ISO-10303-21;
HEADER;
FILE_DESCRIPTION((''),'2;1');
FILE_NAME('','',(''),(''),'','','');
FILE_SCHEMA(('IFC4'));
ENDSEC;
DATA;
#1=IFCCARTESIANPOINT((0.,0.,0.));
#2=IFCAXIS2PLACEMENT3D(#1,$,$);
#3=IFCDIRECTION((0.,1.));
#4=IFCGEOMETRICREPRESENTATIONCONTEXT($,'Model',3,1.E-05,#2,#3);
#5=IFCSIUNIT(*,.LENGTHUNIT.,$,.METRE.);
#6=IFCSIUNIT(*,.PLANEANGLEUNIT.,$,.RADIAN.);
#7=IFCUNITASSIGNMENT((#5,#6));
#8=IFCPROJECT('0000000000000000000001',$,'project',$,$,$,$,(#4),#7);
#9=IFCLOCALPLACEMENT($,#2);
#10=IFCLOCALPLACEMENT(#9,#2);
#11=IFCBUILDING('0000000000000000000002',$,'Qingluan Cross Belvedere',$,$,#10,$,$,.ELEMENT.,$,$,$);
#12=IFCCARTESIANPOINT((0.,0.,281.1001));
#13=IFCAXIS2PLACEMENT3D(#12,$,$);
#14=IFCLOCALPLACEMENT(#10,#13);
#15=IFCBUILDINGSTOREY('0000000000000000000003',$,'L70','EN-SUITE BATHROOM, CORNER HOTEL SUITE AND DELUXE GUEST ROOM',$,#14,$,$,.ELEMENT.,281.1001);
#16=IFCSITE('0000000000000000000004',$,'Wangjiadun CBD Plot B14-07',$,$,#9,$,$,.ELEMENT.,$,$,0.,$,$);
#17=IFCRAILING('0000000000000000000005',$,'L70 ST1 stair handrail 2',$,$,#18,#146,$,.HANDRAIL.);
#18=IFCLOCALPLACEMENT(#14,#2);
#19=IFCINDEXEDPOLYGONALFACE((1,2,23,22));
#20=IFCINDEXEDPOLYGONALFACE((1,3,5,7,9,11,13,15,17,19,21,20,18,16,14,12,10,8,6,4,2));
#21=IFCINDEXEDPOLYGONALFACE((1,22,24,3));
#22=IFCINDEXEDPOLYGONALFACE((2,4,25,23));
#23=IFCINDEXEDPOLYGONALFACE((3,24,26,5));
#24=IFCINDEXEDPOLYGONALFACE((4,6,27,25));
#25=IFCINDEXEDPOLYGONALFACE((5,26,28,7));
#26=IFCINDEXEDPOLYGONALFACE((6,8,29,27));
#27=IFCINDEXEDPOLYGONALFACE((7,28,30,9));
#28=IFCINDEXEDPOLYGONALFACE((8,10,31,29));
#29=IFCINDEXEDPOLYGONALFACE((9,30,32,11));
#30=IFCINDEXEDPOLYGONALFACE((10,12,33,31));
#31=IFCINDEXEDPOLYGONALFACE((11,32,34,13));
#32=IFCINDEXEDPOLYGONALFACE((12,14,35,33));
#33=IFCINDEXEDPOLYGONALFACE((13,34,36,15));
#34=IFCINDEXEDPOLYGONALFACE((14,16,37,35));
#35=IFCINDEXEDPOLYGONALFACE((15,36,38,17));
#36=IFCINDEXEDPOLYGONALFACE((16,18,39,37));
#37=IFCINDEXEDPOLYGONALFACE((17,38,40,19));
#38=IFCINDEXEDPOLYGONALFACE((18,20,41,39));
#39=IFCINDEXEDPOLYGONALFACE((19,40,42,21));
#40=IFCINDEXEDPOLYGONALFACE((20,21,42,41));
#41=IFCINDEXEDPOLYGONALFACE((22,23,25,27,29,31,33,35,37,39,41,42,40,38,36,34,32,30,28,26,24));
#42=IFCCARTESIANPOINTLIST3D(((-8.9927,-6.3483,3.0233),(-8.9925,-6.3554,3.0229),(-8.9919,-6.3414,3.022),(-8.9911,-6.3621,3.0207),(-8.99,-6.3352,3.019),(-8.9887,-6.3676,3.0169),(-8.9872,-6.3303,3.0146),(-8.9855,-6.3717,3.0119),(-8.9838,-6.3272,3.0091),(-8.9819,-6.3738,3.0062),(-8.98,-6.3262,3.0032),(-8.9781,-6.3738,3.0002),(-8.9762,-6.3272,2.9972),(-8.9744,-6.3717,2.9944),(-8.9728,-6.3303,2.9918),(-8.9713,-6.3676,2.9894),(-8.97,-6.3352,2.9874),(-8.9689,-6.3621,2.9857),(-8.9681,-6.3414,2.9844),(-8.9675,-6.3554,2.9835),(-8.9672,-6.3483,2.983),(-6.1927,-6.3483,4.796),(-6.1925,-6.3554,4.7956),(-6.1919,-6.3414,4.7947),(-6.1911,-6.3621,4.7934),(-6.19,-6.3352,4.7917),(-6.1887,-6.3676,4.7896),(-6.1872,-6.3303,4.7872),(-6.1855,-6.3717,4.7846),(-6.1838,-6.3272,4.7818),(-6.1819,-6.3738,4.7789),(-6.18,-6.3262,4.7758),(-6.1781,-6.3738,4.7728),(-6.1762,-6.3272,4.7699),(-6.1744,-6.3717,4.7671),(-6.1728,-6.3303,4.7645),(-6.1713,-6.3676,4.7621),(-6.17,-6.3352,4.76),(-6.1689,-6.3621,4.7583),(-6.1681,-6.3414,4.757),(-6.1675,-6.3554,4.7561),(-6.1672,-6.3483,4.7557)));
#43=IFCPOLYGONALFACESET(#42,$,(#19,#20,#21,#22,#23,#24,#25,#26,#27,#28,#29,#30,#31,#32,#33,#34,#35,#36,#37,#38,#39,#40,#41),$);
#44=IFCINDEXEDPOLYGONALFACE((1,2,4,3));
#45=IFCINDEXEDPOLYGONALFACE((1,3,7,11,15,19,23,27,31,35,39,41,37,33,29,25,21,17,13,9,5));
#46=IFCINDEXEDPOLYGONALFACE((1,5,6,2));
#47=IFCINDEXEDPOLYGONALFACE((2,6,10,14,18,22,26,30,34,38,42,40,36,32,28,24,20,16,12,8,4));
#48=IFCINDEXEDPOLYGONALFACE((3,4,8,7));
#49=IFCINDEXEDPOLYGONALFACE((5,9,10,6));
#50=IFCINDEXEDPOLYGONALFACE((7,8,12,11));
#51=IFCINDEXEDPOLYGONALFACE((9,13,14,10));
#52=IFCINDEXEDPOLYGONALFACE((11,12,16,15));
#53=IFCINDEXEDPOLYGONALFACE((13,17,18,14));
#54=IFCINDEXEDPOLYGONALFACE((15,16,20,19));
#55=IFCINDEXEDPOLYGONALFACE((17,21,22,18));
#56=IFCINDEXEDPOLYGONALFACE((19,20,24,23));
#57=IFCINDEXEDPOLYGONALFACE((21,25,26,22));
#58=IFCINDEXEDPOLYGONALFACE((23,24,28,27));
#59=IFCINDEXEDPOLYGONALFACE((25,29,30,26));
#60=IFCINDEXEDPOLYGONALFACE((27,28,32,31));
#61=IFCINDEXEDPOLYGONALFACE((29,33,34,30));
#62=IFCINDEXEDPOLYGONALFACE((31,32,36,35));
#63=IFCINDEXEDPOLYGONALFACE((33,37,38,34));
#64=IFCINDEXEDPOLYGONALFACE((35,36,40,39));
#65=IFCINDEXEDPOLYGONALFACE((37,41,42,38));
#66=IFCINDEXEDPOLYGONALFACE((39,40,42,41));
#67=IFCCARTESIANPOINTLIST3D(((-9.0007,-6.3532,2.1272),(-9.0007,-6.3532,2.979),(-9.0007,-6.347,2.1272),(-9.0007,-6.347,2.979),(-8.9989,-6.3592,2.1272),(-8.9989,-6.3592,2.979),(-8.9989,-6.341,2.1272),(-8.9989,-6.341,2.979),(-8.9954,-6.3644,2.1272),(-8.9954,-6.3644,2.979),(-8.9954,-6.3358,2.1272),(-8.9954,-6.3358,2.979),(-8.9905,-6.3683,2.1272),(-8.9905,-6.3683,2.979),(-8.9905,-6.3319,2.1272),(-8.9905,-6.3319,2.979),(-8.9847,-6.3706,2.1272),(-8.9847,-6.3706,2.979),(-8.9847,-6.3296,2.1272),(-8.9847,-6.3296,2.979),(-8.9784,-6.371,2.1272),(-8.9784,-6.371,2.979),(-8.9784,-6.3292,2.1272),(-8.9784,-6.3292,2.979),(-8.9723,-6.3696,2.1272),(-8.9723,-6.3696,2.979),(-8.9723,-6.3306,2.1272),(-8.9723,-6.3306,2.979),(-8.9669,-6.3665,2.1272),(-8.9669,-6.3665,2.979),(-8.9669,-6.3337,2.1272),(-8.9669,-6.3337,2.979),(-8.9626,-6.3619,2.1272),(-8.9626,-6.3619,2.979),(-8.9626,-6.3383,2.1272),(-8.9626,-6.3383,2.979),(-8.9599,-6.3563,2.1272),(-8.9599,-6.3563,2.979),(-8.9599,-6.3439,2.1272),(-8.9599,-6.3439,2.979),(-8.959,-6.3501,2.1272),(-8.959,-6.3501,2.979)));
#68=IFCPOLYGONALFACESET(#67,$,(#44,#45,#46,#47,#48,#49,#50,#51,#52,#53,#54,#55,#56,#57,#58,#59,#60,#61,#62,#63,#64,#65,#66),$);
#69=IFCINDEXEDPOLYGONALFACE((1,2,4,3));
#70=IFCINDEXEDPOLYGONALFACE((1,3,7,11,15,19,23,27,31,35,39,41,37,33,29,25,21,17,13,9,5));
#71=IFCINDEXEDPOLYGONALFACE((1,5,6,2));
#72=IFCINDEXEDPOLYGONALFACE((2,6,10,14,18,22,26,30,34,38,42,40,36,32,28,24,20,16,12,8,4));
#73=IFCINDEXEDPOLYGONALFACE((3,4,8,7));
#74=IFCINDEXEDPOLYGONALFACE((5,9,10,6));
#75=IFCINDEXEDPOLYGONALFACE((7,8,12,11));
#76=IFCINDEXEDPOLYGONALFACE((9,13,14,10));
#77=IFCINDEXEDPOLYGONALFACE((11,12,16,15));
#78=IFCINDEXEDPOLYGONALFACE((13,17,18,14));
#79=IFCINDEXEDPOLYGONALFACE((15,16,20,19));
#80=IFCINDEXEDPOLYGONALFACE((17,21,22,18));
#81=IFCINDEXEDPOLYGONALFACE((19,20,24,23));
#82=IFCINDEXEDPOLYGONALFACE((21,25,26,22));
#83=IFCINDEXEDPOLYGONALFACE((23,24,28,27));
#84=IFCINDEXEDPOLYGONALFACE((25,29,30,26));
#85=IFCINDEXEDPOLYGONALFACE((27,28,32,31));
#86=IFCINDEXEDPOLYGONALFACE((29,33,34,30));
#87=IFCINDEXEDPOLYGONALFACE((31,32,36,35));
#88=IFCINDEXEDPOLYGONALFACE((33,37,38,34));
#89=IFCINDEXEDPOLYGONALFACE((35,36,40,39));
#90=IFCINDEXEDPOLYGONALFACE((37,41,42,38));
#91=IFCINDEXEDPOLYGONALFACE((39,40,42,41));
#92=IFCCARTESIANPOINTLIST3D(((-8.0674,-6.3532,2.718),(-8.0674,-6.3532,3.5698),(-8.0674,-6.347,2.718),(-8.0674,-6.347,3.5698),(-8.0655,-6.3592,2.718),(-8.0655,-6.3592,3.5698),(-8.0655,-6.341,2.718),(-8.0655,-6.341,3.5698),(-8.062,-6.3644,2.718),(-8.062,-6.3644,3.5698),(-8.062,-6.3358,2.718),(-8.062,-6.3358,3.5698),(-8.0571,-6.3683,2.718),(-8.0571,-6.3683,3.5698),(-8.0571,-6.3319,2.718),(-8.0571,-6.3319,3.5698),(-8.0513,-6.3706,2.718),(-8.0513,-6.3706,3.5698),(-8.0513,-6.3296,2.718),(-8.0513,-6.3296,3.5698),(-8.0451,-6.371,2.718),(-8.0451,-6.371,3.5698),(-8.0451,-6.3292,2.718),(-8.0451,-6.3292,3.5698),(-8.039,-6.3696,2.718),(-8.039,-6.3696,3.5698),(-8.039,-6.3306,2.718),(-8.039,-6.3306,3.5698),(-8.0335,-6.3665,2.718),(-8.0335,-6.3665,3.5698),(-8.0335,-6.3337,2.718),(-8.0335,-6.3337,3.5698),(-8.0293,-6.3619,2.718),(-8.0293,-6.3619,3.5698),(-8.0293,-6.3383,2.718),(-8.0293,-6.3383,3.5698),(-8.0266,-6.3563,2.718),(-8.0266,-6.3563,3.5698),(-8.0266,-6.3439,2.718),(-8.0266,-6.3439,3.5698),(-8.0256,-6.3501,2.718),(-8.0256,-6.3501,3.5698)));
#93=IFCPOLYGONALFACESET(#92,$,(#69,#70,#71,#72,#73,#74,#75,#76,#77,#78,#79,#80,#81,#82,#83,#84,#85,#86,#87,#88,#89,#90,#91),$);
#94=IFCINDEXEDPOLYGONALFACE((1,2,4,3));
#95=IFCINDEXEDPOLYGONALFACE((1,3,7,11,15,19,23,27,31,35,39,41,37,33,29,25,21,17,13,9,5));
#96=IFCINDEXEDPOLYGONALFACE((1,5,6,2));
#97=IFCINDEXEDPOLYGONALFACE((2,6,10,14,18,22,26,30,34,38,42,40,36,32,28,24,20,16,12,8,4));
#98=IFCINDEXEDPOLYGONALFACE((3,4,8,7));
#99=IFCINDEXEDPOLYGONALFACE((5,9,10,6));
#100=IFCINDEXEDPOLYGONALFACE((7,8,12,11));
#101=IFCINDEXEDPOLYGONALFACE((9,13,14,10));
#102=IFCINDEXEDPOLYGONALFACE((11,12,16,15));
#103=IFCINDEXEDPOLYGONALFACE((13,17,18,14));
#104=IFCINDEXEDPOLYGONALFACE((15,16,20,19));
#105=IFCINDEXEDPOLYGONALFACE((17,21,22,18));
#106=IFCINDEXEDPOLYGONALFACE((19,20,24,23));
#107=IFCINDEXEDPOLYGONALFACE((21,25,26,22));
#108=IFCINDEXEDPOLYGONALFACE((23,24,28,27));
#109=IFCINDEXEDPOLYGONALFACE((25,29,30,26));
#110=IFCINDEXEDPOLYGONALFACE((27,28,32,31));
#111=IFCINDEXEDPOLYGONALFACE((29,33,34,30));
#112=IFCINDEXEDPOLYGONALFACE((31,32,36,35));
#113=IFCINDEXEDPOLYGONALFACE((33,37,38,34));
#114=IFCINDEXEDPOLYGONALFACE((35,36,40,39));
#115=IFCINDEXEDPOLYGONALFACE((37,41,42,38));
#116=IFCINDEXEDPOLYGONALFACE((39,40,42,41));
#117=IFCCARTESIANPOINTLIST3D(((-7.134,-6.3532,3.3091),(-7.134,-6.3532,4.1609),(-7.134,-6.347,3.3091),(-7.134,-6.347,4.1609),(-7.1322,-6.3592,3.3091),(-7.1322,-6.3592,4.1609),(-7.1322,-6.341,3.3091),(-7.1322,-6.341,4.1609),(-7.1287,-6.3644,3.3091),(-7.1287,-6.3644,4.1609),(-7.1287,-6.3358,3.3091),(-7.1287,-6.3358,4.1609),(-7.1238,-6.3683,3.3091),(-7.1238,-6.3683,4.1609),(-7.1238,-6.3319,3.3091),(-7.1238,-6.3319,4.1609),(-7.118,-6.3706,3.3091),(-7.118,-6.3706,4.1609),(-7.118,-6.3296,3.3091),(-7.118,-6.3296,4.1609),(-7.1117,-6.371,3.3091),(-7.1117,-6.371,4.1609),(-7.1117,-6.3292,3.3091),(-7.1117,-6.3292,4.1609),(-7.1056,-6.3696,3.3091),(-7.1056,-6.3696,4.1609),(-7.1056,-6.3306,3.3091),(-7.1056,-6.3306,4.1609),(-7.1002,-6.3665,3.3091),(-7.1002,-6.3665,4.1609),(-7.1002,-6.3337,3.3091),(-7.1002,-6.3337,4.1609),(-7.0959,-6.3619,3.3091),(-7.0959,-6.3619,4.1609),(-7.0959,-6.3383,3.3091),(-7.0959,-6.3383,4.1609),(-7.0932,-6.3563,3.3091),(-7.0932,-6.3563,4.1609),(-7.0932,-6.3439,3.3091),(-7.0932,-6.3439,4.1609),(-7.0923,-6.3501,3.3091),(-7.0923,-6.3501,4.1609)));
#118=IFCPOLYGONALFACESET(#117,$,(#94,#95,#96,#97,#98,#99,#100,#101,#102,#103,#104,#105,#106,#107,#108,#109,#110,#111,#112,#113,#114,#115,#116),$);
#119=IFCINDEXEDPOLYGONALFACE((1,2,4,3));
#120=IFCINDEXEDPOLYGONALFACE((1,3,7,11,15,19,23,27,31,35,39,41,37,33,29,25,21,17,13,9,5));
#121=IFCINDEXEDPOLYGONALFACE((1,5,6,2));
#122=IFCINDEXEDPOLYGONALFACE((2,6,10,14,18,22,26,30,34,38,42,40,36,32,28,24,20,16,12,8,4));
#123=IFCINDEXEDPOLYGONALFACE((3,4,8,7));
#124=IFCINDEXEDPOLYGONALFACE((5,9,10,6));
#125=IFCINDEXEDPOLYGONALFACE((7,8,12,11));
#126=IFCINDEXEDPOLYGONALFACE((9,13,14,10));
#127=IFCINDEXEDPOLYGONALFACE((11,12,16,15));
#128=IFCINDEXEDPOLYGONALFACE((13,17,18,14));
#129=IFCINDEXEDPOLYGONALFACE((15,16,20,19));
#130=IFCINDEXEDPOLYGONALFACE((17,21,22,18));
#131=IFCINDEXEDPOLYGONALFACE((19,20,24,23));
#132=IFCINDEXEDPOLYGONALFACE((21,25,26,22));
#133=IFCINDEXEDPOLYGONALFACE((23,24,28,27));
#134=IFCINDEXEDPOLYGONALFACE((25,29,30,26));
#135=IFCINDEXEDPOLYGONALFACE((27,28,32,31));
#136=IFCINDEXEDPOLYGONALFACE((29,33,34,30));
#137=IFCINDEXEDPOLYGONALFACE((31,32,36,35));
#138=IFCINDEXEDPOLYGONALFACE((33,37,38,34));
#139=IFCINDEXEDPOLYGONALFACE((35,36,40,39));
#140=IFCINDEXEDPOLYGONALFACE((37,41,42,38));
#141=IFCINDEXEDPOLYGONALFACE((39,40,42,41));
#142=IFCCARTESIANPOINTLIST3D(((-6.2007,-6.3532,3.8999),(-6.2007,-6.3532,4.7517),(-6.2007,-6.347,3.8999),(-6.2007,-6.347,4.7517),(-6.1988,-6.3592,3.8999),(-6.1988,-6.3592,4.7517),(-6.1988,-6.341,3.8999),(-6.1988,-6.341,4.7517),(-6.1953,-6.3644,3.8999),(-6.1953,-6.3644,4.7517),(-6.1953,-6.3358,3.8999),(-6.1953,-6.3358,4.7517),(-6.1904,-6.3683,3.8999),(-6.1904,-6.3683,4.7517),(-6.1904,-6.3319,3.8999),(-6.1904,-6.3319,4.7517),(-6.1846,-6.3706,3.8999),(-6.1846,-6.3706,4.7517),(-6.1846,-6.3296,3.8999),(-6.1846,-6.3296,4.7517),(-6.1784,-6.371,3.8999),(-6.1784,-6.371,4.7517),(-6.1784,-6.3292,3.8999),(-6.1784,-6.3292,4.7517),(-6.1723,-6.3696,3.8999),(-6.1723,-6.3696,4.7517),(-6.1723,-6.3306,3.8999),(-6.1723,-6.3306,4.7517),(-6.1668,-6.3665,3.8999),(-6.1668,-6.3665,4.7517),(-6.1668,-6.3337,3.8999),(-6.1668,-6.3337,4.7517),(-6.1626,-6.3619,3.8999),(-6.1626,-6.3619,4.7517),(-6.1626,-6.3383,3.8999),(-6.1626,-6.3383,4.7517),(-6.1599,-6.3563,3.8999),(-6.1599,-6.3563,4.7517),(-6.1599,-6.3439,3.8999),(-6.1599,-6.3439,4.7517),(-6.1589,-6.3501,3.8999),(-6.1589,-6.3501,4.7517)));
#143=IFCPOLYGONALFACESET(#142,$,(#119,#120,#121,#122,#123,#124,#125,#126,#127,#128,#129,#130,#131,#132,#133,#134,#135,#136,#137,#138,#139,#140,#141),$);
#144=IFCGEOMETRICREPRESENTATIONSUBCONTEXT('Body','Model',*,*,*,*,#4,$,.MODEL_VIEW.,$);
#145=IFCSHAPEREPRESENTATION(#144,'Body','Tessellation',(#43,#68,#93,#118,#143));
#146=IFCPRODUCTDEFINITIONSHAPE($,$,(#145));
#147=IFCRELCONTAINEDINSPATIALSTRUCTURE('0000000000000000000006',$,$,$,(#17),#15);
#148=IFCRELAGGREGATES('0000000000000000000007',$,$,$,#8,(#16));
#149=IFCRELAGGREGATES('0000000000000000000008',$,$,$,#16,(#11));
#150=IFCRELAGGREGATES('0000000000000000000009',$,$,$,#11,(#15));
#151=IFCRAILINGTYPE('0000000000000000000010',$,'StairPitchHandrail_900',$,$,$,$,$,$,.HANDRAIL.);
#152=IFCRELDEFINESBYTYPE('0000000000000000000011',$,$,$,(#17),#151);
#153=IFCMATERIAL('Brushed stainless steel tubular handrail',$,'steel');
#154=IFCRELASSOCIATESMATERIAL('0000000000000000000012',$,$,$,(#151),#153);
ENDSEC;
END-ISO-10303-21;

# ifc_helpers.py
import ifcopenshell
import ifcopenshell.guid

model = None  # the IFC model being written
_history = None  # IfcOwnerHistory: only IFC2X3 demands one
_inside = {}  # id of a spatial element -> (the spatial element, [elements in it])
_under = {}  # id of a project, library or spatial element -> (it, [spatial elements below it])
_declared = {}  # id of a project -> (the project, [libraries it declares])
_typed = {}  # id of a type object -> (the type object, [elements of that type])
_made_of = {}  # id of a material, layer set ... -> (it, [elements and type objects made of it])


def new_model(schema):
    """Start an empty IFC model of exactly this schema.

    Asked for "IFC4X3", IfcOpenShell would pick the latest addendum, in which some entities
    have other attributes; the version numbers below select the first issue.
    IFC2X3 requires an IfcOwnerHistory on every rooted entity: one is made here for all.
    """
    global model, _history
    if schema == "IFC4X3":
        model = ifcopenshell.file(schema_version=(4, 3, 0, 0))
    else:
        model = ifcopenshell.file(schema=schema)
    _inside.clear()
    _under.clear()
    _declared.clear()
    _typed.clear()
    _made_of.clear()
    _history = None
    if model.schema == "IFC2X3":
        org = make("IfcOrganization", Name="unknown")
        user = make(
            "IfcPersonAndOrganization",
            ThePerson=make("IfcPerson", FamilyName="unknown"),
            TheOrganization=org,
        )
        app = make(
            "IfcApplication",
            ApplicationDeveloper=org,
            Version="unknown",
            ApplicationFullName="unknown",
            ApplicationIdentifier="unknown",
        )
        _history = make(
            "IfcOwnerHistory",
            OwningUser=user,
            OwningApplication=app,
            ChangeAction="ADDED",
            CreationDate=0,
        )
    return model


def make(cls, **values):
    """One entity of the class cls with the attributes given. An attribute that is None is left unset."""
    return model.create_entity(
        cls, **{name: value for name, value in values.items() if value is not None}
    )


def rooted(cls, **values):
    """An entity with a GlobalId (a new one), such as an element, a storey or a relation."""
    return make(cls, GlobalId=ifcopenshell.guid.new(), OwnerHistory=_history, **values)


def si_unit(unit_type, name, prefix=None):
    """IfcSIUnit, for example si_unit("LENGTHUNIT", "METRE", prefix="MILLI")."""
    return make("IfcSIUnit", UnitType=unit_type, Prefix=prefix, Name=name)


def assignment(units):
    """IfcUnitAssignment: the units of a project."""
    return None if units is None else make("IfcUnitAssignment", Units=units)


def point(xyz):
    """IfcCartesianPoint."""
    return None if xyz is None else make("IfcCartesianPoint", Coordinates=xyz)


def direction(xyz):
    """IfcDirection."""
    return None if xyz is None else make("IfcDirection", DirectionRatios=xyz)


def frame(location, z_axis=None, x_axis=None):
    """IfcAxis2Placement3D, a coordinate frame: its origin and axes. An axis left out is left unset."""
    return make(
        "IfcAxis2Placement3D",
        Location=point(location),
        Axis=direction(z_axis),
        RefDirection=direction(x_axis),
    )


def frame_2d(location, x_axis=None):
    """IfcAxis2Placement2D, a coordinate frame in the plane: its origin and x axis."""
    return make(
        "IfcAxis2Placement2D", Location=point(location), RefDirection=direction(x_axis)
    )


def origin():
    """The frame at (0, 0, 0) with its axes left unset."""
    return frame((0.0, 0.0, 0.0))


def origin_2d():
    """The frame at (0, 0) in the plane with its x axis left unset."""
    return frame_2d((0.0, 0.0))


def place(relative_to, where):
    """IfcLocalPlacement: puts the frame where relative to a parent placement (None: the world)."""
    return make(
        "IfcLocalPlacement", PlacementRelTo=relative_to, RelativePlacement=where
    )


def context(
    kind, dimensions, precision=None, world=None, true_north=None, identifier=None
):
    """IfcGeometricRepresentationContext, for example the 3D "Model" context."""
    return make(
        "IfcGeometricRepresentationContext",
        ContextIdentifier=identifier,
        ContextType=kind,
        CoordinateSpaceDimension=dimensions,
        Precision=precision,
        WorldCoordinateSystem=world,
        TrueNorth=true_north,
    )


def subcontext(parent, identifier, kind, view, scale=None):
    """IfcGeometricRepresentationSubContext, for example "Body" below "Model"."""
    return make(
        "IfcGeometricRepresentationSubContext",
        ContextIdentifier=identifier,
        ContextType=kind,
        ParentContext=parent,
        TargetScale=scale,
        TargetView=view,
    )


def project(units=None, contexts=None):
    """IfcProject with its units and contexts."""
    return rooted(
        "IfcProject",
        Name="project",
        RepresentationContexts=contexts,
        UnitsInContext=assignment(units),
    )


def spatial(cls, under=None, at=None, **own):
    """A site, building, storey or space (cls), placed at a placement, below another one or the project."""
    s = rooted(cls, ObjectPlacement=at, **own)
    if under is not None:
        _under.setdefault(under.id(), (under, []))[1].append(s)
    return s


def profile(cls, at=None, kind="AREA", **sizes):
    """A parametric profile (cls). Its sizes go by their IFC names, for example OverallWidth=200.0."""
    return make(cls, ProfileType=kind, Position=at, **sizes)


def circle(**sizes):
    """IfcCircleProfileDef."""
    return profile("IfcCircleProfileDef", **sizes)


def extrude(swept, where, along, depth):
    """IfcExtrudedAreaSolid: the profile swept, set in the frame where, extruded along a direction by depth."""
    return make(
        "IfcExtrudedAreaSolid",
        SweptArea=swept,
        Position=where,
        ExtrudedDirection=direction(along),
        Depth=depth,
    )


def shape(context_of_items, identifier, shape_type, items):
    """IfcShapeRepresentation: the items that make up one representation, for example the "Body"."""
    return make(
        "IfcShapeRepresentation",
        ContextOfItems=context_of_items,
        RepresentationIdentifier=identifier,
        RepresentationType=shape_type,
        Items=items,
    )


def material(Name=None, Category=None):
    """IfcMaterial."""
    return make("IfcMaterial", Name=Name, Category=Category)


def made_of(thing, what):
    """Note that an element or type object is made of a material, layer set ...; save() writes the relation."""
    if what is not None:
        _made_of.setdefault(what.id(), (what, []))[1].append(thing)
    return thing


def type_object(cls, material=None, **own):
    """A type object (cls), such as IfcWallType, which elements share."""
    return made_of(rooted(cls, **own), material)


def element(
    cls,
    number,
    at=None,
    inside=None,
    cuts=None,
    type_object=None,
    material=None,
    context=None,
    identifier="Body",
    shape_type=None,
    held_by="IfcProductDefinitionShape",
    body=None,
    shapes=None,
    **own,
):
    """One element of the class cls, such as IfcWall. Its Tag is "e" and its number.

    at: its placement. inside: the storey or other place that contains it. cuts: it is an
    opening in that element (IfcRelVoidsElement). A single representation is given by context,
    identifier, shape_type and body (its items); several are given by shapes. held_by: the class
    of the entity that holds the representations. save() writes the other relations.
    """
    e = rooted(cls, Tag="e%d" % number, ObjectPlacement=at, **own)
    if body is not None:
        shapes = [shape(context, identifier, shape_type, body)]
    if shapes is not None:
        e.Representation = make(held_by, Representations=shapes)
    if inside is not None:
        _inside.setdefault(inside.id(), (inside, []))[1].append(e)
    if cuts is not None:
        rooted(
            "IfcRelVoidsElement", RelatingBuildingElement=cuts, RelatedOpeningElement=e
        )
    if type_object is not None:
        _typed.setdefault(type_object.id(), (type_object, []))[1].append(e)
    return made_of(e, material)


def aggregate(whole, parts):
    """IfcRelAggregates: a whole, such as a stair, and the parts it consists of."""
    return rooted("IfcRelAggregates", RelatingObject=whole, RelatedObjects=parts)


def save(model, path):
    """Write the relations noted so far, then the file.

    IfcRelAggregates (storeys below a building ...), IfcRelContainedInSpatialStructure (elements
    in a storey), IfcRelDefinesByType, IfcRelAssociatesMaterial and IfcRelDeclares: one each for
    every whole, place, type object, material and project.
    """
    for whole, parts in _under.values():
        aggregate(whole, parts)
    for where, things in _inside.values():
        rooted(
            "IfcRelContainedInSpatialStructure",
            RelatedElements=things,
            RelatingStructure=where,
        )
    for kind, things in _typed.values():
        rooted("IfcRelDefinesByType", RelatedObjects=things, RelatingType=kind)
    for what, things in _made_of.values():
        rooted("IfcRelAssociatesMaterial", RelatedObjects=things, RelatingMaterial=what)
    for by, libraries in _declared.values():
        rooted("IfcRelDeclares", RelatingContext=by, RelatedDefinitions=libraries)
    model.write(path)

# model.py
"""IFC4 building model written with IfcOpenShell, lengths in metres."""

from ifc_helpers import new_model, si_unit, direction, frame, origin, origin_2d, place, context, subcontext, project, spatial, circle, extrude, material, type_object, element, save


model = new_model("IFC4")

# Units and contexts
model_context = context("Model", 3, precision=1e-05, world=origin(), true_north=direction((0.0, 1.0)))
body_context = subcontext(model_context, "Body", "Model", "MODEL_VIEW")
ifc_project = project(units=[si_unit("LENGTHUNIT", "METRE"), si_unit("PLANEANGLEUNIT", "RADIAN")], contexts=[model_context])

# Site, building, storey
site_placement = place(None, origin())
site = spatial("IfcSite", under=ifc_project, at=site_placement, Name="Wangjiadun CBD Plot B14-07", CompositionType="ELEMENT", RefElevation=0.0)
building_placement = place(site_placement, origin())
building = spatial("IfcBuilding", under=site, at=building_placement, Name="Qingluan Cross Belvedere", CompositionType="ELEMENT")
storey_placement = place(building_placement, frame((0.0, 0.0, 281.1001)))
storey = spatial("IfcBuildingStorey", under=building, at=storey_placement, Name="L70", Description="EN-SUITE BATHROOM, CORNER HOTEL SUITE AND DELUXE GUEST ROOM", CompositionType="ELEMENT", Elevation=281.1001)

# Railing
ifc_material_1 = material(Name="Brushed stainless steel tubular handrail", Category="steel")
railing_type_1 = type_object("IfcRailingType", Name="StairPitchHandrail_900", PredefinedType="HANDRAIL", material=ifc_material_1)
railing_1_placement = place(storey_placement, frame((-8.98, -6.3501, 2.1272)))
element("IfcRailing", 1, at=railing_1_placement, inside=storey, type_object=railing_type_1, Name="L70 ST1 stair handrail 2", PredefinedType="HANDRAIL", context=body_context, shape_type="SweptSolid", body=[
    extrude(circle(Radius=0.0239, at=origin_2d()), frame((0.0, 0.0, 0.876), z_axis=(0.844909, 0.0, 0.53491), x_axis=(0.0, 1.0, 0.0)), (0.0, 0.0, 1.0), 3.314),
    extrude(circle(Radius=0.021, at=origin_2d()), origin(), (0.0, 0.0, 1.0), 0.8518),
    extrude(circle(Radius=0.021, at=origin_2d()), frame((0.9333, 0.0, 0.5908)), (0.0, 0.0, 1.0), 0.8518),
    extrude(circle(Radius=0.021, at=origin_2d()), frame((1.8667, 0.0, 1.1819)), (0.0, 0.0, 1.0), 0.8518),
    extrude(circle(Radius=0.021, at=origin_2d()), frame((2.8, 0.0, 1.7727)), (0.0, 0.0, 1.0), 0.8518),
])

save(model, "model.ifc")
